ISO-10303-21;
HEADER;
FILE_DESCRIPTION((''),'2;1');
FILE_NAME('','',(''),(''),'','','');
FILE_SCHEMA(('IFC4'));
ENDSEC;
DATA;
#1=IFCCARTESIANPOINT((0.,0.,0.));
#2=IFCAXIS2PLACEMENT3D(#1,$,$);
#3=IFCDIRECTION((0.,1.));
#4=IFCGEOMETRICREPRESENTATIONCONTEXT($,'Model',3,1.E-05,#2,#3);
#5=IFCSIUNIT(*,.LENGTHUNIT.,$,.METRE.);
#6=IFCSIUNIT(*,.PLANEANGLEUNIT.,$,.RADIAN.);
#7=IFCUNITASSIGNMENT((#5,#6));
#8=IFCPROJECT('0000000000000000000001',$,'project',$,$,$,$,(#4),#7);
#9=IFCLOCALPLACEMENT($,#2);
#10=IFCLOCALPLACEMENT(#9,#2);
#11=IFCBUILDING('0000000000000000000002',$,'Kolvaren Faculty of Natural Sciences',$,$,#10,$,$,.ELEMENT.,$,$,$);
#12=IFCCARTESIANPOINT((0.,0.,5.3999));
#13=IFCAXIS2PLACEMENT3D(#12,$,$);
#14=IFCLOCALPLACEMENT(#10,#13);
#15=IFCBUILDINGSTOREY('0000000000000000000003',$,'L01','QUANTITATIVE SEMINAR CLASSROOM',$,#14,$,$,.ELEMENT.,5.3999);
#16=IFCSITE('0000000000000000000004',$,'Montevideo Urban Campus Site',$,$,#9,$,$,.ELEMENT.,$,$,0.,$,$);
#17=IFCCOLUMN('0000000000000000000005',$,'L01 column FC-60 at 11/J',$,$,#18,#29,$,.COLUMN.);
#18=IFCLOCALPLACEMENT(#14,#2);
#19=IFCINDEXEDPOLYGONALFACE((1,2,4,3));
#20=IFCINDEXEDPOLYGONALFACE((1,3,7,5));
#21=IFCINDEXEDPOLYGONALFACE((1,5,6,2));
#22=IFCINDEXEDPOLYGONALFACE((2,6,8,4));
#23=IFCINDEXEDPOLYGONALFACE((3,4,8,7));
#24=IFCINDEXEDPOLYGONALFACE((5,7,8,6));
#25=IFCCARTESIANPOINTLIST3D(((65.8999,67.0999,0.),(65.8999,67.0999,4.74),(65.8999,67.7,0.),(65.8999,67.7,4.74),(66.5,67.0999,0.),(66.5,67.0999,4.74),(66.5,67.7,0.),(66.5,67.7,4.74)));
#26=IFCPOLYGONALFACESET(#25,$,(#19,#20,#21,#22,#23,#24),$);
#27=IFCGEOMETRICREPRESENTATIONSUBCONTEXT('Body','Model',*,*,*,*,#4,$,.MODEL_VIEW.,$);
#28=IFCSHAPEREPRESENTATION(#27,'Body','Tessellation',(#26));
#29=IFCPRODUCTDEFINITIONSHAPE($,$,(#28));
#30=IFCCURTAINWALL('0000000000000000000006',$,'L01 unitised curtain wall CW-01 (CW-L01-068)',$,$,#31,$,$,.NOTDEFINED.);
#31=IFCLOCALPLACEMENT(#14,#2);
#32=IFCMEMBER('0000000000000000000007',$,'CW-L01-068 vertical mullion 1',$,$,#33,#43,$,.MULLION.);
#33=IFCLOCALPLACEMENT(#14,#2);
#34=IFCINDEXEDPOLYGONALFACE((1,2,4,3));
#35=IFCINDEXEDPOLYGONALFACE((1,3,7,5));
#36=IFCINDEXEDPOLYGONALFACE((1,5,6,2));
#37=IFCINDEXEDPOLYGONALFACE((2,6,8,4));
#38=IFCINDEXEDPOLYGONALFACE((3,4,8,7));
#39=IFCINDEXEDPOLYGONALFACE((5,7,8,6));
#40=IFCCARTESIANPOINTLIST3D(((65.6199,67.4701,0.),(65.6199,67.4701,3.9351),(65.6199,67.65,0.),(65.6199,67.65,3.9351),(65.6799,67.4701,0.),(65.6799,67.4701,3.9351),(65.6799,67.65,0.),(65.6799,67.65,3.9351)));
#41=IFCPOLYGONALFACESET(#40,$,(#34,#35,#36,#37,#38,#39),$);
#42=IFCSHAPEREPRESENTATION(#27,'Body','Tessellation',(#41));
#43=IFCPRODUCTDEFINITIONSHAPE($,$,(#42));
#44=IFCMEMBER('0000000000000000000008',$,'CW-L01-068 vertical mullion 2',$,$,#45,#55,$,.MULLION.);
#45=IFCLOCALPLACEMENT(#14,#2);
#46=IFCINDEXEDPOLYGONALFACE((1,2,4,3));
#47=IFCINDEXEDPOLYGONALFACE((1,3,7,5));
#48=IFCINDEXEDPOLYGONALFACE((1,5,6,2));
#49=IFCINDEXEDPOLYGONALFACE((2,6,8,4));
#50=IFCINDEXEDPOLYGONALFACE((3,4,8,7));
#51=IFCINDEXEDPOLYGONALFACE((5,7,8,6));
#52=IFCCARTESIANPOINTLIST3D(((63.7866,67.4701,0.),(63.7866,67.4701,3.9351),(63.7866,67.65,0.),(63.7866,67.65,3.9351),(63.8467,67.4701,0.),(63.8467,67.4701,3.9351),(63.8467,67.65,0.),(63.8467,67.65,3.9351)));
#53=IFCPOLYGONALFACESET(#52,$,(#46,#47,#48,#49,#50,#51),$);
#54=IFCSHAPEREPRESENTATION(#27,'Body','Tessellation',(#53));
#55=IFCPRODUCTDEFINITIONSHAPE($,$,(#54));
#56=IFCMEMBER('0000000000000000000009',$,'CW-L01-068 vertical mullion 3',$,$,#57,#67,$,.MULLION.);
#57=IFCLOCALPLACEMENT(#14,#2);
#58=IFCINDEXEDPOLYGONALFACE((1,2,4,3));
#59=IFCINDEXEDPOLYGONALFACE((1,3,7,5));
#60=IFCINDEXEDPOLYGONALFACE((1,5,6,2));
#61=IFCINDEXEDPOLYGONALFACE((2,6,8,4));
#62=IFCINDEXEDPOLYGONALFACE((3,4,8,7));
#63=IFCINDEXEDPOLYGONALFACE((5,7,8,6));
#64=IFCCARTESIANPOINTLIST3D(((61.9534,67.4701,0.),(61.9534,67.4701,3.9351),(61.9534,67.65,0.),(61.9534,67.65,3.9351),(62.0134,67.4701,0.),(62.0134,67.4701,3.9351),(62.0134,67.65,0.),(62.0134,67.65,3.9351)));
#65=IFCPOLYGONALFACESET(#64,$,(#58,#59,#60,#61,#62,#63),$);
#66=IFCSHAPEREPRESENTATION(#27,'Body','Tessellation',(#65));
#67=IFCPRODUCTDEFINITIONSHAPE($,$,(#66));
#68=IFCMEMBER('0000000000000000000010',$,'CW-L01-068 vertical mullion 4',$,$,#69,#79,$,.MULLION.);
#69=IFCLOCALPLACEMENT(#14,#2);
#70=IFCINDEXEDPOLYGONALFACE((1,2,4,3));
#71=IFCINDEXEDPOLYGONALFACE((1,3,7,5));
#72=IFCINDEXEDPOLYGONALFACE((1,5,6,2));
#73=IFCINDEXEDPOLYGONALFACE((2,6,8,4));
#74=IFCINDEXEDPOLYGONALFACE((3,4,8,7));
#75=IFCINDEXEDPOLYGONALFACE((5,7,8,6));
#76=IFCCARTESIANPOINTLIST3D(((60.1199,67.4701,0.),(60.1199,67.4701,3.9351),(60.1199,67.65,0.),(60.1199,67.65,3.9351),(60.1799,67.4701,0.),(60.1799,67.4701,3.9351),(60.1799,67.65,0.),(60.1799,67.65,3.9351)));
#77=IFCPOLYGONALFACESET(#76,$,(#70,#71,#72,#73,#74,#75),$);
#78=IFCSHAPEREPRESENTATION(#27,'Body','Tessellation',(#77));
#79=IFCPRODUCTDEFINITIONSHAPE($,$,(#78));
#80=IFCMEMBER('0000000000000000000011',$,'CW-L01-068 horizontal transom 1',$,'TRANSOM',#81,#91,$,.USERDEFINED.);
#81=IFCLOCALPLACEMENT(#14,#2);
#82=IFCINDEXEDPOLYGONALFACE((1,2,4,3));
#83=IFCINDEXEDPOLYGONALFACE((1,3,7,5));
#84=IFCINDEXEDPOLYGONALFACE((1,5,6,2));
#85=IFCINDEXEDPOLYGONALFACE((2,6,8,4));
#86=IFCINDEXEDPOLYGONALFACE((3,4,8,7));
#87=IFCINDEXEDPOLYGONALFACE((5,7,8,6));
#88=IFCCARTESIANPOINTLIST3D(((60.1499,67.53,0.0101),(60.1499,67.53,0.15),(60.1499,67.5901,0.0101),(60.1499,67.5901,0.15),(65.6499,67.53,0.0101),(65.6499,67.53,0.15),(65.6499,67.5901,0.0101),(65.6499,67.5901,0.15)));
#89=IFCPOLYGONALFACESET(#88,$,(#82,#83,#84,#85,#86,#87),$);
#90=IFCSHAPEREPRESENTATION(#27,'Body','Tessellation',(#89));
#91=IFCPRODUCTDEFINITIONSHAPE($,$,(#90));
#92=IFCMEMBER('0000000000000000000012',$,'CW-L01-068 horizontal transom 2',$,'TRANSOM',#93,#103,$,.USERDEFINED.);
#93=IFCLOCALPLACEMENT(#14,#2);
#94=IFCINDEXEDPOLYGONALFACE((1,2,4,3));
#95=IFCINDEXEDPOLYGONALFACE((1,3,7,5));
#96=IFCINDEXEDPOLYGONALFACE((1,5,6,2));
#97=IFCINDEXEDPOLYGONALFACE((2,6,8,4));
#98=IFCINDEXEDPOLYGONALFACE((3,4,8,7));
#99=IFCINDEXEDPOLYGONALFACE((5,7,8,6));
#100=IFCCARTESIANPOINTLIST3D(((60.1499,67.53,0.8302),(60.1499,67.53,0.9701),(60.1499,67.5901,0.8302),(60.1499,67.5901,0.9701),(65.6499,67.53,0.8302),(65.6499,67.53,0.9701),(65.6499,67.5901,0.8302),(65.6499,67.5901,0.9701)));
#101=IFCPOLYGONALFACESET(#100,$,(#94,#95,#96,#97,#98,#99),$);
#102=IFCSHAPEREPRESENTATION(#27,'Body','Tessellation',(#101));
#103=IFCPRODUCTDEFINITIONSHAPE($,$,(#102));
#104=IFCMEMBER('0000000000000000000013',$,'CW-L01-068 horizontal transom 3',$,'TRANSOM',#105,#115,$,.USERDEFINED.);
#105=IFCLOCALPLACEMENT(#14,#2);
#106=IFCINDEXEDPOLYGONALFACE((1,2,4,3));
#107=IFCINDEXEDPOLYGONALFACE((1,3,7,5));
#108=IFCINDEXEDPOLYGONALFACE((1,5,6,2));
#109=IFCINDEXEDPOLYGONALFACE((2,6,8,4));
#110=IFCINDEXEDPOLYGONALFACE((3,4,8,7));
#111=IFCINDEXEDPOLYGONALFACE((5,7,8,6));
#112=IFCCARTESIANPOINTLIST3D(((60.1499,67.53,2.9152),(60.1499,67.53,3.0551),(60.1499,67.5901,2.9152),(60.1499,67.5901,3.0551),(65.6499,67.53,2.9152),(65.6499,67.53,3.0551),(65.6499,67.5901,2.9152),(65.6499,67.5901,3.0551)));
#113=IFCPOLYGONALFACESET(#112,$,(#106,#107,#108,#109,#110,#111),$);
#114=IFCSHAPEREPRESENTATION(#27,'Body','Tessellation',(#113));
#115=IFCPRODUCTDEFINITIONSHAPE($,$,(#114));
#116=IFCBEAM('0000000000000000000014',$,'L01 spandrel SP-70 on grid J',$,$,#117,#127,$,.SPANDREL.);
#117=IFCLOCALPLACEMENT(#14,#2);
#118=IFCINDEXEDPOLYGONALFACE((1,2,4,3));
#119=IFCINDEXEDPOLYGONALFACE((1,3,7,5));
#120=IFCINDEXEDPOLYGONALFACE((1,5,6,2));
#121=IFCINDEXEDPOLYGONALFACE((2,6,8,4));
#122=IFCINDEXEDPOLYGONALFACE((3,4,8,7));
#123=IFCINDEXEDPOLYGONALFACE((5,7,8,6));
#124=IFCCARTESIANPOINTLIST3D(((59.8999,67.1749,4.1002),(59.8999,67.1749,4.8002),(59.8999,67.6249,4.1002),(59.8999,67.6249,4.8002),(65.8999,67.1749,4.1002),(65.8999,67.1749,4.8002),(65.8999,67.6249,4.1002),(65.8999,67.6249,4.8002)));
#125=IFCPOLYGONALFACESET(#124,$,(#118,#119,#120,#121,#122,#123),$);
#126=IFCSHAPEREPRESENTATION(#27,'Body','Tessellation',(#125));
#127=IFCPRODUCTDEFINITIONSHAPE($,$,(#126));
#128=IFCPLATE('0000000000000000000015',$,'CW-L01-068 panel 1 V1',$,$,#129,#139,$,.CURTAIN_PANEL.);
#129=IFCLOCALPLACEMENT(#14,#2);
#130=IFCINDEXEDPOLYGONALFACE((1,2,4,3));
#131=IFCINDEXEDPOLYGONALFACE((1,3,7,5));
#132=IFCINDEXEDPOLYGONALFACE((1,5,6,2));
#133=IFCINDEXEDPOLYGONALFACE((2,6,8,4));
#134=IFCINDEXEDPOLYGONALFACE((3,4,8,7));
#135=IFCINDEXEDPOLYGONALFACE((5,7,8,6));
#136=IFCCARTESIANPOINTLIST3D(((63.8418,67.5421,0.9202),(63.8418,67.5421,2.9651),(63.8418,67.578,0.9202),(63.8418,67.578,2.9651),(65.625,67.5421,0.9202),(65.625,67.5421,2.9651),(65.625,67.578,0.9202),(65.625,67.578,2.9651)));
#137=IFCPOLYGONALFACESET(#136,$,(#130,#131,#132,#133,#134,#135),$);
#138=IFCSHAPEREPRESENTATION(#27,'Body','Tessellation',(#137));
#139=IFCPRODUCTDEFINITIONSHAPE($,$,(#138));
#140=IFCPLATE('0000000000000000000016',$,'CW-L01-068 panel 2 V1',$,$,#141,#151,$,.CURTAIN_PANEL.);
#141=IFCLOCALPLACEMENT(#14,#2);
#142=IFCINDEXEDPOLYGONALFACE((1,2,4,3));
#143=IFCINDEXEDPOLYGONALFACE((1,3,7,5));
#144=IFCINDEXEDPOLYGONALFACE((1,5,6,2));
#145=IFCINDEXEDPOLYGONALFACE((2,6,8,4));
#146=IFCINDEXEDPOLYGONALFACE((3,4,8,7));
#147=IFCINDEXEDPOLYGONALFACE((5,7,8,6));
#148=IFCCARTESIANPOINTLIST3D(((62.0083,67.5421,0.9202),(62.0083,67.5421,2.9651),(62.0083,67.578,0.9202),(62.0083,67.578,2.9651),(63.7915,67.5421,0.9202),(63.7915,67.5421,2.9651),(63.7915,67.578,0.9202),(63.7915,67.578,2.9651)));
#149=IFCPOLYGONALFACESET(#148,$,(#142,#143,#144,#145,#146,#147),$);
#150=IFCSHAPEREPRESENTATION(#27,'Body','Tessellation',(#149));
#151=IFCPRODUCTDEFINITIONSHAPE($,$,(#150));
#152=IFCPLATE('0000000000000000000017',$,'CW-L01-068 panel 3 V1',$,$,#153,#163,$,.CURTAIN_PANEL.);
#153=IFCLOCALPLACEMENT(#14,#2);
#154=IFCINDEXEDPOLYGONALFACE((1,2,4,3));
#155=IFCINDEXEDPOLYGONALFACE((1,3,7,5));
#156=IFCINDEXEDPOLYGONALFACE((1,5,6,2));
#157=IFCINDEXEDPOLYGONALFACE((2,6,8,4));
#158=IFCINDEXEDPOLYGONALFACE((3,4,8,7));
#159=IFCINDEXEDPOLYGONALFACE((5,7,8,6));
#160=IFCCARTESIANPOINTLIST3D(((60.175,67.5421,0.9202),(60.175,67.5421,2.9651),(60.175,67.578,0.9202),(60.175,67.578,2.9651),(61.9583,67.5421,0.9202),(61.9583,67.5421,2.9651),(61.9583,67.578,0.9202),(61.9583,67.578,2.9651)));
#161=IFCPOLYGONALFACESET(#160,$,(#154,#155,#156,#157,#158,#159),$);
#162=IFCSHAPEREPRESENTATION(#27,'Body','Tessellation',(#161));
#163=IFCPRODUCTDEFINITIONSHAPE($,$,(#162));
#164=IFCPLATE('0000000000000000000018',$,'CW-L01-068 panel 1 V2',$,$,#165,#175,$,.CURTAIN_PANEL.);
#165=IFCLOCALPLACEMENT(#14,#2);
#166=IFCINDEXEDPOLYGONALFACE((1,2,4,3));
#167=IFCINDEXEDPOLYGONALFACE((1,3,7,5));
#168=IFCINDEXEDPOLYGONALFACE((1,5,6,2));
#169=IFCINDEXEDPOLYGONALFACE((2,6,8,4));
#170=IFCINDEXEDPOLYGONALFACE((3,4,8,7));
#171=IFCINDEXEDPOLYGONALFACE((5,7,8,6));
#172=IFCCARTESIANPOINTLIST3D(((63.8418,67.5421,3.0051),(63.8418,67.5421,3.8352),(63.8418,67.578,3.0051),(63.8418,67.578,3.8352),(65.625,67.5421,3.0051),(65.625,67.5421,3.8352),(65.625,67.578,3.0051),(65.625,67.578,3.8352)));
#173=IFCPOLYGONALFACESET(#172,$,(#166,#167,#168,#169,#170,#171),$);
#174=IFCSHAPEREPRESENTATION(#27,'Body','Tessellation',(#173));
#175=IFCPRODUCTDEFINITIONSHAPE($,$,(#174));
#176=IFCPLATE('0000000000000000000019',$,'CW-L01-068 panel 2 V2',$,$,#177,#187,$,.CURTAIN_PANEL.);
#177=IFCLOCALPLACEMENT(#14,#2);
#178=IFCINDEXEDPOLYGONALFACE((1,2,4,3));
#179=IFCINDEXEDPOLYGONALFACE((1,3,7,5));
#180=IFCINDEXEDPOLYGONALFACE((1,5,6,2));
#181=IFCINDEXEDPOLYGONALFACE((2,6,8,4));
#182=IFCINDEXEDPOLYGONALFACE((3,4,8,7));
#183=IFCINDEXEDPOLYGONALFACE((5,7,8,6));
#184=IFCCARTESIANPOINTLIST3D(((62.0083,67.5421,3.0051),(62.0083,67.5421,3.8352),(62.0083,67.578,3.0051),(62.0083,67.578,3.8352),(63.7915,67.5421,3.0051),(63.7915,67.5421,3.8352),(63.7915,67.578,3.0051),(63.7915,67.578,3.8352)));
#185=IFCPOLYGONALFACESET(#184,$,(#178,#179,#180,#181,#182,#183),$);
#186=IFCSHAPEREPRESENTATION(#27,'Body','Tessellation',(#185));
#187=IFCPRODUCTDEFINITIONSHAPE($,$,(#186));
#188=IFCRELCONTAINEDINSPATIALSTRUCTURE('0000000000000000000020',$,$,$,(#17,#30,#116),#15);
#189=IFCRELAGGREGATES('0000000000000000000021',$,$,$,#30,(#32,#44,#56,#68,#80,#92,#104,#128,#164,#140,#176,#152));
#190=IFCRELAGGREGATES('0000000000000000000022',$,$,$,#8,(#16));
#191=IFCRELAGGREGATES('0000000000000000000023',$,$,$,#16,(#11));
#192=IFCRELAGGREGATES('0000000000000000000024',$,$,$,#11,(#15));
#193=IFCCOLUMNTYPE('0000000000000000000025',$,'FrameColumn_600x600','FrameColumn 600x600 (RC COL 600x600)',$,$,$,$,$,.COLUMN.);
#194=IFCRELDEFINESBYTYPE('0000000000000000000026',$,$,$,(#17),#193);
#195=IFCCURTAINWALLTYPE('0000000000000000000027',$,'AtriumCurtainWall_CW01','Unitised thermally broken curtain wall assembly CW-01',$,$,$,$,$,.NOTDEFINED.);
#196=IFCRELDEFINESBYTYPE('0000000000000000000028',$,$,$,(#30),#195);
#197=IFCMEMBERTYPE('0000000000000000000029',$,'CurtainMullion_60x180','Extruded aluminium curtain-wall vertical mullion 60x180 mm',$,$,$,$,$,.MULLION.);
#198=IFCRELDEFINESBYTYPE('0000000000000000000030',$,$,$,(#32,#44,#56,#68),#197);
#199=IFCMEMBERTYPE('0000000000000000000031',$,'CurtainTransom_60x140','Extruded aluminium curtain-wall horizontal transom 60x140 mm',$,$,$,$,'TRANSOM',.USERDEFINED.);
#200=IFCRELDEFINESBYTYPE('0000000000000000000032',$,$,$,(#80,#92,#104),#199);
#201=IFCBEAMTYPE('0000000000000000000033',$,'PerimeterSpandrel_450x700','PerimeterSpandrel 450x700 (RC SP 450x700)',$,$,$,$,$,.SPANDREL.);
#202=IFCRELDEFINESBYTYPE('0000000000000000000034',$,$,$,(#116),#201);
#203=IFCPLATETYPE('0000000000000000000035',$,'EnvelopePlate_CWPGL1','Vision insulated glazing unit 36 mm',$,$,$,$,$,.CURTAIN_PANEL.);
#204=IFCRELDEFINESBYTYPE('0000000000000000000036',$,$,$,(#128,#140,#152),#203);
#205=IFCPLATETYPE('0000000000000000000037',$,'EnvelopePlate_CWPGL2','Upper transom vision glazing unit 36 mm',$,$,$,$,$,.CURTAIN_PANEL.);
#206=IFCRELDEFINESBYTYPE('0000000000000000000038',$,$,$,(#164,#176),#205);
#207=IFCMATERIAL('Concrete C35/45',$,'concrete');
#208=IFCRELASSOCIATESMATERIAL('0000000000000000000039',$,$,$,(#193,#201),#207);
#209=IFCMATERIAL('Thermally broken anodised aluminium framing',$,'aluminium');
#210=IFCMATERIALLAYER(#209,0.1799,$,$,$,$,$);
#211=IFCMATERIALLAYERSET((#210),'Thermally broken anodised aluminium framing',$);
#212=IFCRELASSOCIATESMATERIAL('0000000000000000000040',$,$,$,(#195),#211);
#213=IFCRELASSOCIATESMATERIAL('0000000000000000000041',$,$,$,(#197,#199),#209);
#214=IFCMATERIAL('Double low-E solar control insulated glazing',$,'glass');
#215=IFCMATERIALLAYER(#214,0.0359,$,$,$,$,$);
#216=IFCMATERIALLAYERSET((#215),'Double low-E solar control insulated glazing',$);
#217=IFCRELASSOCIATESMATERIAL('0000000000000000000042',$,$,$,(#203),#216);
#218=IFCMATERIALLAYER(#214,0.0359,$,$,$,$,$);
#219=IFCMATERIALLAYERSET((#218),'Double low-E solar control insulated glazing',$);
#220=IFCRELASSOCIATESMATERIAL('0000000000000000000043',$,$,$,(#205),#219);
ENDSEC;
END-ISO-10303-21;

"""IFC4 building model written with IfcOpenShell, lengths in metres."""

from ifc_helpers import new_model, si_unit, direction, frame, origin, origin_2d, place, context, subcontext, project, spatial, rectangle, extrude, material, layer, layer_set, material_profile, profile_set, type_object, element, aggregate, save


model = new_model("IFC4")

# Units and contexts
model_context = context("Model", 3, precision=1e-05, world=origin(), true_north=direction((0.0, 1.0)))
body_context = subcontext(model_context, "Body", "Model", "MODEL_VIEW")
ifc_project = project(units=[si_unit("LENGTHUNIT", "METRE"), si_unit("PLANEANGLEUNIT", "RADIAN")], contexts=[model_context])

# Site, building, storey
site_placement = place(None, origin())
site = spatial("IfcSite", under=ifc_project, at=site_placement, Name="Montevideo Urban Campus Site", CompositionType="ELEMENT", RefElevation=0.0)
building_placement = place(site_placement, origin())
building = spatial("IfcBuilding", under=site, at=building_placement, Name="Kolvaren Faculty of Natural Sciences", CompositionType="ELEMENT")
storey_placement = place(building_placement, frame((0.0, 0.0, 5.3999)))
storey = spatial("IfcBuildingStorey", under=building, at=storey_placement, Name="L01", Description="QUANTITATIVE SEMINAR CLASSROOM", CompositionType="ELEMENT", Elevation=5.3999)

# Column
ifc_material_1 = material(Name="Concrete C35/45", Category="concrete")
ifc_material_profile_1 = material_profile(ifc_material_1, rectangle(XDim=0.6001, YDim=0.6001, at=origin_2d()), Name="RC COL 600x600")
ifc_profile_set_1 = profile_set([ifc_material_profile_1], Name="Concrete C35/45")
column_type = type_object("IfcColumnType", Name="FrameColumn_600x600", Description="FrameColumn 600x600 (RC COL 600x600)", PredefinedType="COLUMN", material=ifc_profile_set_1)
column_placement = place(storey_placement, frame((66.2, 67.3999, 0.0), z_axis=(0.0, 0.0, 1.0), x_axis=(1.0, 0.0, 0.0)))
element("IfcColumn", 1, at=column_placement, inside=storey, type_object=column_type, Name="L01 column FC-60 at 11/J", PredefinedType="COLUMN", context=body_context, shape_type="SweptSolid", body=[
    extrude(rectangle(XDim=0.6001, YDim=0.6001, at=origin_2d()), origin(), (0.0, 0.0, 1.0), 4.74),
])

# Curtain wall, members
ifc_material_2 = material(Name="Thermally broken anodised aluminium framing", Category="aluminium")
ifc_layer_1 = layer(ifc_material_2, 0.1799)
ifc_layer_set_1 = layer_set([ifc_layer_1], Name="Thermally broken anodised aluminium framing")
curtain_wall_type = type_object("IfcCurtainWallType", Name="AtriumCurtainWall_CW01", Description="Unitised thermally broken curtain wall assembly CW-01", PredefinedType="NOTDEFINED", material=ifc_layer_set_1)
curtain_wall_placement = place(storey_placement, origin())
curtain_wall = element("IfcCurtainWall", 2, at=curtain_wall_placement, inside=storey, type_object=curtain_wall_type, Name="L01 unitised curtain wall CW-01 (CW-L01-068)", PredefinedType="NOTDEFINED")
ifc_material_profile_2 = material_profile(ifc_material_2, rectangle(XDim=0.0601, YDim=0.1799, at=origin_2d()), Name="ALU MUL 60x180")
ifc_profile_set_2 = profile_set([ifc_material_profile_2], Name="Thermally broken anodised aluminium framing")
member_type_1 = type_object("IfcMemberType", Name="CurtainMullion_60x180", Description="Extruded aluminium curtain-wall vertical mullion 60x180 mm", PredefinedType="MULLION", material=ifc_profile_set_2)
member_1_placement = place(storey_placement, frame((65.6499, 67.5601, 0.0), z_axis=(0.0, 0.0, 1.0), x_axis=(-1.0, 0.0, 0.0)))
member_1 = element("IfcMember", 3, at=member_1_placement, type_object=member_type_1, Name="CW-L01-068 vertical mullion 1", PredefinedType="MULLION", context=body_context, shape_type="SweptSolid", body=[
    extrude(rectangle(XDim=0.0601, YDim=0.1799, at=origin_2d()), origin(), (0.0, 0.0, 1.0), 3.9351),
])
member_2_placement = place(storey_placement, frame((63.8167, 67.5601, 0.0), z_axis=(0.0, 0.0, 1.0), x_axis=(-1.0, 0.0, 0.0)))
member_2 = element("IfcMember", 4, at=member_2_placement, type_object=member_type_1, Name="CW-L01-068 vertical mullion 2", PredefinedType="MULLION", context=body_context, shape_type="SweptSolid", body=[
    extrude(rectangle(XDim=0.0601, YDim=0.1799, at=origin_2d()), origin(), (0.0, 0.0, 1.0), 3.9351),
])
member_3_placement = place(storey_placement, frame((61.9834, 67.5601, 0.0), z_axis=(0.0, 0.0, 1.0), x_axis=(-1.0, 0.0, 0.0)))
member_3 = element("IfcMember", 5, at=member_3_placement, type_object=member_type_1, Name="CW-L01-068 vertical mullion 3", PredefinedType="MULLION", context=body_context, shape_type="SweptSolid", body=[
    extrude(rectangle(XDim=0.0601, YDim=0.1799, at=origin_2d()), origin(), (0.0, 0.0, 1.0), 3.9351),
])
member_4_placement = place(storey_placement, frame((60.1499, 67.5601, 0.0), z_axis=(0.0, 0.0, 1.0), x_axis=(-1.0, 0.0, 0.0)))
member_4 = element("IfcMember", 6, at=member_4_placement, type_object=member_type_1, Name="CW-L01-068 vertical mullion 4", PredefinedType="MULLION", context=body_context, shape_type="SweptSolid", body=[
    extrude(rectangle(XDim=0.0601, YDim=0.1799, at=origin_2d()), origin(), (0.0, 0.0, 1.0), 3.9351),
])
ifc_material_profile_3 = material_profile(ifc_material_2, rectangle(XDim=0.0601, YDim=0.1399, at=origin_2d()), Name="ALU TRN 60x140")
ifc_profile_set_3 = profile_set([ifc_material_profile_3], Name="Thermally broken anodised aluminium framing")
member_type_2 = type_object("IfcMemberType", Name="CurtainTransom_60x140", Description="Extruded aluminium curtain-wall horizontal transom 60x140 mm", ElementType="TRANSOM", PredefinedType="USERDEFINED", material=ifc_profile_set_3)
member_5_placement = place(storey_placement, frame((65.6499, 67.5601, 0.0801), z_axis=(-1.0, 0.0, 0.0), x_axis=(0.0, -1.0, 0.0)))
member_5 = element("IfcMember", 7, at=member_5_placement, type_object=member_type_2, Name="CW-L01-068 horizontal transom 1", ObjectType="TRANSOM", PredefinedType="USERDEFINED", context=body_context, shape_type="SweptSolid", body=[
    extrude(rectangle(XDim=0.0601, YDim=0.1399, at=origin_2d()), origin(), (0.0, 0.0, 1.0), 5.5),
])
member_6_placement = place(storey_placement, frame((65.6499, 67.5601, 0.9001), z_axis=(-1.0, 0.0, 0.0), x_axis=(0.0, -1.0, 0.0)))
member_6 = element("IfcMember", 8, at=member_6_placement, type_object=member_type_2, Name="CW-L01-068 horizontal transom 2", ObjectType="TRANSOM", PredefinedType="USERDEFINED", context=body_context, shape_type="SweptSolid", body=[
    extrude(rectangle(XDim=0.0601, YDim=0.1399, at=origin_2d()), origin(), (0.0, 0.0, 1.0), 5.5),
])
member_7_placement = place(storey_placement, frame((65.6499, 67.5601, 2.9851), z_axis=(-1.0, 0.0, 0.0), x_axis=(0.0, -1.0, 0.0)))
member_7 = element("IfcMember", 9, at=member_7_placement, type_object=member_type_2, Name="CW-L01-068 horizontal transom 3", ObjectType="TRANSOM", PredefinedType="USERDEFINED", context=body_context, shape_type="SweptSolid", body=[
    extrude(rectangle(XDim=0.0601, YDim=0.1399, at=origin_2d()), origin(), (0.0, 0.0, 1.0), 5.5),
])

# Beam
ifc_material_profile_4 = material_profile(ifc_material_1, rectangle(XDim=0.45, YDim=0.7, at=origin_2d()), Name="RC SP 450x700")
ifc_profile_set_4 = profile_set([ifc_material_profile_4], Name="Concrete C35/45")
beam_type = type_object("IfcBeamType", Name="PerimeterSpandrel_450x700", Description="PerimeterSpandrel 450x700 (RC SP 450x700)", PredefinedType="SPANDREL", material=ifc_profile_set_4)
beam_placement = place(storey_placement, frame((59.8999, 67.3999, 4.4502), z_axis=(1.0, 0.0, 0.0), x_axis=(0.0, 1.0, 0.0)))
element("IfcBeam", 10, at=beam_placement, inside=storey, type_object=beam_type, Name="L01 spandrel SP-70 on grid J", PredefinedType="SPANDREL", context=body_context, shape_type="SweptSolid", body=[
    extrude(rectangle(XDim=0.45, YDim=0.7, at=origin_2d()), origin(), (0.0, 0.0, 1.0), 6.0),
])

# Plates
ifc_material_3 = material(Name="Double low-E solar control insulated glazing", Category="glass")
ifc_layer_2 = layer(ifc_material_3, 0.0359)
ifc_layer_set_2 = layer_set([ifc_layer_2], Name="Double low-E solar control insulated glazing")
plate_type_1 = type_object("IfcPlateType", Name="EnvelopePlate_CWPGL1", Description="Vision insulated glazing unit 36 mm", PredefinedType="CURTAIN_PANEL", material=ifc_layer_set_2)
plate_1_placement = place(storey_placement, frame((64.7334, 67.5601, 0.9202), z_axis=(0.0, 0.0, 1.0), x_axis=(-1.0, 0.0, 0.0)))
plate_1 = element("IfcPlate", 11, at=plate_1_placement, type_object=plate_type_1, Name="CW-L01-068 panel 1 V1", PredefinedType="CURTAIN_PANEL", context=body_context, shape_type="SweptSolid", body=[
    extrude(rectangle(XDim=1.7832, YDim=0.0359, at=origin_2d()), origin(), (0.0, 0.0, 1.0), 2.0449),
])
plate_2_placement = place(storey_placement, frame((62.8999, 67.5601, 0.9202), z_axis=(0.0, 0.0, 1.0), x_axis=(-1.0, 0.0, 0.0)))
plate_2 = element("IfcPlate", 12, at=plate_2_placement, type_object=plate_type_1, Name="CW-L01-068 panel 2 V1", PredefinedType="CURTAIN_PANEL", context=body_context, shape_type="SweptSolid", body=[
    extrude(rectangle(XDim=1.7832, YDim=0.0359, at=origin_2d()), origin(), (0.0, 0.0, 1.0), 2.0449),
])
plate_3_placement = place(storey_placement, frame((61.0667, 67.5601, 0.9202), z_axis=(0.0, 0.0, 1.0), x_axis=(-1.0, 0.0, 0.0)))
plate_3 = element("IfcPlate", 13, at=plate_3_placement, type_object=plate_type_1, Name="CW-L01-068 panel 3 V1", PredefinedType="CURTAIN_PANEL", context=body_context, shape_type="SweptSolid", body=[
    extrude(rectangle(XDim=1.7832, YDim=0.0359, at=origin_2d()), origin(), (0.0, 0.0, 1.0), 2.0449),
])
ifc_layer_3 = layer(ifc_material_3, 0.0359)
ifc_layer_set_3 = layer_set([ifc_layer_3], Name="Double low-E solar control insulated glazing")
plate_type_2 = type_object("IfcPlateType", Name="EnvelopePlate_CWPGL2", Description="Upper transom vision glazing unit 36 mm", PredefinedType="CURTAIN_PANEL", material=ifc_layer_set_3)
plate_4_placement = place(storey_placement, frame((64.7334, 67.5601, 3.0051), z_axis=(0.0, 0.0, 1.0), x_axis=(-1.0, 0.0, 0.0)))
plate_4 = element("IfcPlate", 14, at=plate_4_placement, type_object=plate_type_2, Name="CW-L01-068 panel 1 V2", PredefinedType="CURTAIN_PANEL", context=body_context, shape_type="SweptSolid", body=[
    extrude(rectangle(XDim=1.7832, YDim=0.0359, at=origin_2d()), origin(), (0.0, 0.0, 1.0), 0.8301),
])
plate_5_placement = place(storey_placement, frame((62.8999, 67.5601, 3.0051), z_axis=(0.0, 0.0, 1.0), x_axis=(-1.0, 0.0, 0.0)))
plate_5 = element("IfcPlate", 15, at=plate_5_placement, type_object=plate_type_2, Name="CW-L01-068 panel 2 V2", PredefinedType="CURTAIN_PANEL", context=body_context, shape_type="SweptSolid", body=[
    extrude(rectangle(XDim=1.7832, YDim=0.0359, at=origin_2d()), origin(), (0.0, 0.0, 1.0), 0.8301),
])
aggregate(curtain_wall, [member_1, member_2, member_3, member_4, member_5, member_6, member_7, plate_1, plate_4, plate_2, plate_5, plate_3])

save(model, "model.ifc")
